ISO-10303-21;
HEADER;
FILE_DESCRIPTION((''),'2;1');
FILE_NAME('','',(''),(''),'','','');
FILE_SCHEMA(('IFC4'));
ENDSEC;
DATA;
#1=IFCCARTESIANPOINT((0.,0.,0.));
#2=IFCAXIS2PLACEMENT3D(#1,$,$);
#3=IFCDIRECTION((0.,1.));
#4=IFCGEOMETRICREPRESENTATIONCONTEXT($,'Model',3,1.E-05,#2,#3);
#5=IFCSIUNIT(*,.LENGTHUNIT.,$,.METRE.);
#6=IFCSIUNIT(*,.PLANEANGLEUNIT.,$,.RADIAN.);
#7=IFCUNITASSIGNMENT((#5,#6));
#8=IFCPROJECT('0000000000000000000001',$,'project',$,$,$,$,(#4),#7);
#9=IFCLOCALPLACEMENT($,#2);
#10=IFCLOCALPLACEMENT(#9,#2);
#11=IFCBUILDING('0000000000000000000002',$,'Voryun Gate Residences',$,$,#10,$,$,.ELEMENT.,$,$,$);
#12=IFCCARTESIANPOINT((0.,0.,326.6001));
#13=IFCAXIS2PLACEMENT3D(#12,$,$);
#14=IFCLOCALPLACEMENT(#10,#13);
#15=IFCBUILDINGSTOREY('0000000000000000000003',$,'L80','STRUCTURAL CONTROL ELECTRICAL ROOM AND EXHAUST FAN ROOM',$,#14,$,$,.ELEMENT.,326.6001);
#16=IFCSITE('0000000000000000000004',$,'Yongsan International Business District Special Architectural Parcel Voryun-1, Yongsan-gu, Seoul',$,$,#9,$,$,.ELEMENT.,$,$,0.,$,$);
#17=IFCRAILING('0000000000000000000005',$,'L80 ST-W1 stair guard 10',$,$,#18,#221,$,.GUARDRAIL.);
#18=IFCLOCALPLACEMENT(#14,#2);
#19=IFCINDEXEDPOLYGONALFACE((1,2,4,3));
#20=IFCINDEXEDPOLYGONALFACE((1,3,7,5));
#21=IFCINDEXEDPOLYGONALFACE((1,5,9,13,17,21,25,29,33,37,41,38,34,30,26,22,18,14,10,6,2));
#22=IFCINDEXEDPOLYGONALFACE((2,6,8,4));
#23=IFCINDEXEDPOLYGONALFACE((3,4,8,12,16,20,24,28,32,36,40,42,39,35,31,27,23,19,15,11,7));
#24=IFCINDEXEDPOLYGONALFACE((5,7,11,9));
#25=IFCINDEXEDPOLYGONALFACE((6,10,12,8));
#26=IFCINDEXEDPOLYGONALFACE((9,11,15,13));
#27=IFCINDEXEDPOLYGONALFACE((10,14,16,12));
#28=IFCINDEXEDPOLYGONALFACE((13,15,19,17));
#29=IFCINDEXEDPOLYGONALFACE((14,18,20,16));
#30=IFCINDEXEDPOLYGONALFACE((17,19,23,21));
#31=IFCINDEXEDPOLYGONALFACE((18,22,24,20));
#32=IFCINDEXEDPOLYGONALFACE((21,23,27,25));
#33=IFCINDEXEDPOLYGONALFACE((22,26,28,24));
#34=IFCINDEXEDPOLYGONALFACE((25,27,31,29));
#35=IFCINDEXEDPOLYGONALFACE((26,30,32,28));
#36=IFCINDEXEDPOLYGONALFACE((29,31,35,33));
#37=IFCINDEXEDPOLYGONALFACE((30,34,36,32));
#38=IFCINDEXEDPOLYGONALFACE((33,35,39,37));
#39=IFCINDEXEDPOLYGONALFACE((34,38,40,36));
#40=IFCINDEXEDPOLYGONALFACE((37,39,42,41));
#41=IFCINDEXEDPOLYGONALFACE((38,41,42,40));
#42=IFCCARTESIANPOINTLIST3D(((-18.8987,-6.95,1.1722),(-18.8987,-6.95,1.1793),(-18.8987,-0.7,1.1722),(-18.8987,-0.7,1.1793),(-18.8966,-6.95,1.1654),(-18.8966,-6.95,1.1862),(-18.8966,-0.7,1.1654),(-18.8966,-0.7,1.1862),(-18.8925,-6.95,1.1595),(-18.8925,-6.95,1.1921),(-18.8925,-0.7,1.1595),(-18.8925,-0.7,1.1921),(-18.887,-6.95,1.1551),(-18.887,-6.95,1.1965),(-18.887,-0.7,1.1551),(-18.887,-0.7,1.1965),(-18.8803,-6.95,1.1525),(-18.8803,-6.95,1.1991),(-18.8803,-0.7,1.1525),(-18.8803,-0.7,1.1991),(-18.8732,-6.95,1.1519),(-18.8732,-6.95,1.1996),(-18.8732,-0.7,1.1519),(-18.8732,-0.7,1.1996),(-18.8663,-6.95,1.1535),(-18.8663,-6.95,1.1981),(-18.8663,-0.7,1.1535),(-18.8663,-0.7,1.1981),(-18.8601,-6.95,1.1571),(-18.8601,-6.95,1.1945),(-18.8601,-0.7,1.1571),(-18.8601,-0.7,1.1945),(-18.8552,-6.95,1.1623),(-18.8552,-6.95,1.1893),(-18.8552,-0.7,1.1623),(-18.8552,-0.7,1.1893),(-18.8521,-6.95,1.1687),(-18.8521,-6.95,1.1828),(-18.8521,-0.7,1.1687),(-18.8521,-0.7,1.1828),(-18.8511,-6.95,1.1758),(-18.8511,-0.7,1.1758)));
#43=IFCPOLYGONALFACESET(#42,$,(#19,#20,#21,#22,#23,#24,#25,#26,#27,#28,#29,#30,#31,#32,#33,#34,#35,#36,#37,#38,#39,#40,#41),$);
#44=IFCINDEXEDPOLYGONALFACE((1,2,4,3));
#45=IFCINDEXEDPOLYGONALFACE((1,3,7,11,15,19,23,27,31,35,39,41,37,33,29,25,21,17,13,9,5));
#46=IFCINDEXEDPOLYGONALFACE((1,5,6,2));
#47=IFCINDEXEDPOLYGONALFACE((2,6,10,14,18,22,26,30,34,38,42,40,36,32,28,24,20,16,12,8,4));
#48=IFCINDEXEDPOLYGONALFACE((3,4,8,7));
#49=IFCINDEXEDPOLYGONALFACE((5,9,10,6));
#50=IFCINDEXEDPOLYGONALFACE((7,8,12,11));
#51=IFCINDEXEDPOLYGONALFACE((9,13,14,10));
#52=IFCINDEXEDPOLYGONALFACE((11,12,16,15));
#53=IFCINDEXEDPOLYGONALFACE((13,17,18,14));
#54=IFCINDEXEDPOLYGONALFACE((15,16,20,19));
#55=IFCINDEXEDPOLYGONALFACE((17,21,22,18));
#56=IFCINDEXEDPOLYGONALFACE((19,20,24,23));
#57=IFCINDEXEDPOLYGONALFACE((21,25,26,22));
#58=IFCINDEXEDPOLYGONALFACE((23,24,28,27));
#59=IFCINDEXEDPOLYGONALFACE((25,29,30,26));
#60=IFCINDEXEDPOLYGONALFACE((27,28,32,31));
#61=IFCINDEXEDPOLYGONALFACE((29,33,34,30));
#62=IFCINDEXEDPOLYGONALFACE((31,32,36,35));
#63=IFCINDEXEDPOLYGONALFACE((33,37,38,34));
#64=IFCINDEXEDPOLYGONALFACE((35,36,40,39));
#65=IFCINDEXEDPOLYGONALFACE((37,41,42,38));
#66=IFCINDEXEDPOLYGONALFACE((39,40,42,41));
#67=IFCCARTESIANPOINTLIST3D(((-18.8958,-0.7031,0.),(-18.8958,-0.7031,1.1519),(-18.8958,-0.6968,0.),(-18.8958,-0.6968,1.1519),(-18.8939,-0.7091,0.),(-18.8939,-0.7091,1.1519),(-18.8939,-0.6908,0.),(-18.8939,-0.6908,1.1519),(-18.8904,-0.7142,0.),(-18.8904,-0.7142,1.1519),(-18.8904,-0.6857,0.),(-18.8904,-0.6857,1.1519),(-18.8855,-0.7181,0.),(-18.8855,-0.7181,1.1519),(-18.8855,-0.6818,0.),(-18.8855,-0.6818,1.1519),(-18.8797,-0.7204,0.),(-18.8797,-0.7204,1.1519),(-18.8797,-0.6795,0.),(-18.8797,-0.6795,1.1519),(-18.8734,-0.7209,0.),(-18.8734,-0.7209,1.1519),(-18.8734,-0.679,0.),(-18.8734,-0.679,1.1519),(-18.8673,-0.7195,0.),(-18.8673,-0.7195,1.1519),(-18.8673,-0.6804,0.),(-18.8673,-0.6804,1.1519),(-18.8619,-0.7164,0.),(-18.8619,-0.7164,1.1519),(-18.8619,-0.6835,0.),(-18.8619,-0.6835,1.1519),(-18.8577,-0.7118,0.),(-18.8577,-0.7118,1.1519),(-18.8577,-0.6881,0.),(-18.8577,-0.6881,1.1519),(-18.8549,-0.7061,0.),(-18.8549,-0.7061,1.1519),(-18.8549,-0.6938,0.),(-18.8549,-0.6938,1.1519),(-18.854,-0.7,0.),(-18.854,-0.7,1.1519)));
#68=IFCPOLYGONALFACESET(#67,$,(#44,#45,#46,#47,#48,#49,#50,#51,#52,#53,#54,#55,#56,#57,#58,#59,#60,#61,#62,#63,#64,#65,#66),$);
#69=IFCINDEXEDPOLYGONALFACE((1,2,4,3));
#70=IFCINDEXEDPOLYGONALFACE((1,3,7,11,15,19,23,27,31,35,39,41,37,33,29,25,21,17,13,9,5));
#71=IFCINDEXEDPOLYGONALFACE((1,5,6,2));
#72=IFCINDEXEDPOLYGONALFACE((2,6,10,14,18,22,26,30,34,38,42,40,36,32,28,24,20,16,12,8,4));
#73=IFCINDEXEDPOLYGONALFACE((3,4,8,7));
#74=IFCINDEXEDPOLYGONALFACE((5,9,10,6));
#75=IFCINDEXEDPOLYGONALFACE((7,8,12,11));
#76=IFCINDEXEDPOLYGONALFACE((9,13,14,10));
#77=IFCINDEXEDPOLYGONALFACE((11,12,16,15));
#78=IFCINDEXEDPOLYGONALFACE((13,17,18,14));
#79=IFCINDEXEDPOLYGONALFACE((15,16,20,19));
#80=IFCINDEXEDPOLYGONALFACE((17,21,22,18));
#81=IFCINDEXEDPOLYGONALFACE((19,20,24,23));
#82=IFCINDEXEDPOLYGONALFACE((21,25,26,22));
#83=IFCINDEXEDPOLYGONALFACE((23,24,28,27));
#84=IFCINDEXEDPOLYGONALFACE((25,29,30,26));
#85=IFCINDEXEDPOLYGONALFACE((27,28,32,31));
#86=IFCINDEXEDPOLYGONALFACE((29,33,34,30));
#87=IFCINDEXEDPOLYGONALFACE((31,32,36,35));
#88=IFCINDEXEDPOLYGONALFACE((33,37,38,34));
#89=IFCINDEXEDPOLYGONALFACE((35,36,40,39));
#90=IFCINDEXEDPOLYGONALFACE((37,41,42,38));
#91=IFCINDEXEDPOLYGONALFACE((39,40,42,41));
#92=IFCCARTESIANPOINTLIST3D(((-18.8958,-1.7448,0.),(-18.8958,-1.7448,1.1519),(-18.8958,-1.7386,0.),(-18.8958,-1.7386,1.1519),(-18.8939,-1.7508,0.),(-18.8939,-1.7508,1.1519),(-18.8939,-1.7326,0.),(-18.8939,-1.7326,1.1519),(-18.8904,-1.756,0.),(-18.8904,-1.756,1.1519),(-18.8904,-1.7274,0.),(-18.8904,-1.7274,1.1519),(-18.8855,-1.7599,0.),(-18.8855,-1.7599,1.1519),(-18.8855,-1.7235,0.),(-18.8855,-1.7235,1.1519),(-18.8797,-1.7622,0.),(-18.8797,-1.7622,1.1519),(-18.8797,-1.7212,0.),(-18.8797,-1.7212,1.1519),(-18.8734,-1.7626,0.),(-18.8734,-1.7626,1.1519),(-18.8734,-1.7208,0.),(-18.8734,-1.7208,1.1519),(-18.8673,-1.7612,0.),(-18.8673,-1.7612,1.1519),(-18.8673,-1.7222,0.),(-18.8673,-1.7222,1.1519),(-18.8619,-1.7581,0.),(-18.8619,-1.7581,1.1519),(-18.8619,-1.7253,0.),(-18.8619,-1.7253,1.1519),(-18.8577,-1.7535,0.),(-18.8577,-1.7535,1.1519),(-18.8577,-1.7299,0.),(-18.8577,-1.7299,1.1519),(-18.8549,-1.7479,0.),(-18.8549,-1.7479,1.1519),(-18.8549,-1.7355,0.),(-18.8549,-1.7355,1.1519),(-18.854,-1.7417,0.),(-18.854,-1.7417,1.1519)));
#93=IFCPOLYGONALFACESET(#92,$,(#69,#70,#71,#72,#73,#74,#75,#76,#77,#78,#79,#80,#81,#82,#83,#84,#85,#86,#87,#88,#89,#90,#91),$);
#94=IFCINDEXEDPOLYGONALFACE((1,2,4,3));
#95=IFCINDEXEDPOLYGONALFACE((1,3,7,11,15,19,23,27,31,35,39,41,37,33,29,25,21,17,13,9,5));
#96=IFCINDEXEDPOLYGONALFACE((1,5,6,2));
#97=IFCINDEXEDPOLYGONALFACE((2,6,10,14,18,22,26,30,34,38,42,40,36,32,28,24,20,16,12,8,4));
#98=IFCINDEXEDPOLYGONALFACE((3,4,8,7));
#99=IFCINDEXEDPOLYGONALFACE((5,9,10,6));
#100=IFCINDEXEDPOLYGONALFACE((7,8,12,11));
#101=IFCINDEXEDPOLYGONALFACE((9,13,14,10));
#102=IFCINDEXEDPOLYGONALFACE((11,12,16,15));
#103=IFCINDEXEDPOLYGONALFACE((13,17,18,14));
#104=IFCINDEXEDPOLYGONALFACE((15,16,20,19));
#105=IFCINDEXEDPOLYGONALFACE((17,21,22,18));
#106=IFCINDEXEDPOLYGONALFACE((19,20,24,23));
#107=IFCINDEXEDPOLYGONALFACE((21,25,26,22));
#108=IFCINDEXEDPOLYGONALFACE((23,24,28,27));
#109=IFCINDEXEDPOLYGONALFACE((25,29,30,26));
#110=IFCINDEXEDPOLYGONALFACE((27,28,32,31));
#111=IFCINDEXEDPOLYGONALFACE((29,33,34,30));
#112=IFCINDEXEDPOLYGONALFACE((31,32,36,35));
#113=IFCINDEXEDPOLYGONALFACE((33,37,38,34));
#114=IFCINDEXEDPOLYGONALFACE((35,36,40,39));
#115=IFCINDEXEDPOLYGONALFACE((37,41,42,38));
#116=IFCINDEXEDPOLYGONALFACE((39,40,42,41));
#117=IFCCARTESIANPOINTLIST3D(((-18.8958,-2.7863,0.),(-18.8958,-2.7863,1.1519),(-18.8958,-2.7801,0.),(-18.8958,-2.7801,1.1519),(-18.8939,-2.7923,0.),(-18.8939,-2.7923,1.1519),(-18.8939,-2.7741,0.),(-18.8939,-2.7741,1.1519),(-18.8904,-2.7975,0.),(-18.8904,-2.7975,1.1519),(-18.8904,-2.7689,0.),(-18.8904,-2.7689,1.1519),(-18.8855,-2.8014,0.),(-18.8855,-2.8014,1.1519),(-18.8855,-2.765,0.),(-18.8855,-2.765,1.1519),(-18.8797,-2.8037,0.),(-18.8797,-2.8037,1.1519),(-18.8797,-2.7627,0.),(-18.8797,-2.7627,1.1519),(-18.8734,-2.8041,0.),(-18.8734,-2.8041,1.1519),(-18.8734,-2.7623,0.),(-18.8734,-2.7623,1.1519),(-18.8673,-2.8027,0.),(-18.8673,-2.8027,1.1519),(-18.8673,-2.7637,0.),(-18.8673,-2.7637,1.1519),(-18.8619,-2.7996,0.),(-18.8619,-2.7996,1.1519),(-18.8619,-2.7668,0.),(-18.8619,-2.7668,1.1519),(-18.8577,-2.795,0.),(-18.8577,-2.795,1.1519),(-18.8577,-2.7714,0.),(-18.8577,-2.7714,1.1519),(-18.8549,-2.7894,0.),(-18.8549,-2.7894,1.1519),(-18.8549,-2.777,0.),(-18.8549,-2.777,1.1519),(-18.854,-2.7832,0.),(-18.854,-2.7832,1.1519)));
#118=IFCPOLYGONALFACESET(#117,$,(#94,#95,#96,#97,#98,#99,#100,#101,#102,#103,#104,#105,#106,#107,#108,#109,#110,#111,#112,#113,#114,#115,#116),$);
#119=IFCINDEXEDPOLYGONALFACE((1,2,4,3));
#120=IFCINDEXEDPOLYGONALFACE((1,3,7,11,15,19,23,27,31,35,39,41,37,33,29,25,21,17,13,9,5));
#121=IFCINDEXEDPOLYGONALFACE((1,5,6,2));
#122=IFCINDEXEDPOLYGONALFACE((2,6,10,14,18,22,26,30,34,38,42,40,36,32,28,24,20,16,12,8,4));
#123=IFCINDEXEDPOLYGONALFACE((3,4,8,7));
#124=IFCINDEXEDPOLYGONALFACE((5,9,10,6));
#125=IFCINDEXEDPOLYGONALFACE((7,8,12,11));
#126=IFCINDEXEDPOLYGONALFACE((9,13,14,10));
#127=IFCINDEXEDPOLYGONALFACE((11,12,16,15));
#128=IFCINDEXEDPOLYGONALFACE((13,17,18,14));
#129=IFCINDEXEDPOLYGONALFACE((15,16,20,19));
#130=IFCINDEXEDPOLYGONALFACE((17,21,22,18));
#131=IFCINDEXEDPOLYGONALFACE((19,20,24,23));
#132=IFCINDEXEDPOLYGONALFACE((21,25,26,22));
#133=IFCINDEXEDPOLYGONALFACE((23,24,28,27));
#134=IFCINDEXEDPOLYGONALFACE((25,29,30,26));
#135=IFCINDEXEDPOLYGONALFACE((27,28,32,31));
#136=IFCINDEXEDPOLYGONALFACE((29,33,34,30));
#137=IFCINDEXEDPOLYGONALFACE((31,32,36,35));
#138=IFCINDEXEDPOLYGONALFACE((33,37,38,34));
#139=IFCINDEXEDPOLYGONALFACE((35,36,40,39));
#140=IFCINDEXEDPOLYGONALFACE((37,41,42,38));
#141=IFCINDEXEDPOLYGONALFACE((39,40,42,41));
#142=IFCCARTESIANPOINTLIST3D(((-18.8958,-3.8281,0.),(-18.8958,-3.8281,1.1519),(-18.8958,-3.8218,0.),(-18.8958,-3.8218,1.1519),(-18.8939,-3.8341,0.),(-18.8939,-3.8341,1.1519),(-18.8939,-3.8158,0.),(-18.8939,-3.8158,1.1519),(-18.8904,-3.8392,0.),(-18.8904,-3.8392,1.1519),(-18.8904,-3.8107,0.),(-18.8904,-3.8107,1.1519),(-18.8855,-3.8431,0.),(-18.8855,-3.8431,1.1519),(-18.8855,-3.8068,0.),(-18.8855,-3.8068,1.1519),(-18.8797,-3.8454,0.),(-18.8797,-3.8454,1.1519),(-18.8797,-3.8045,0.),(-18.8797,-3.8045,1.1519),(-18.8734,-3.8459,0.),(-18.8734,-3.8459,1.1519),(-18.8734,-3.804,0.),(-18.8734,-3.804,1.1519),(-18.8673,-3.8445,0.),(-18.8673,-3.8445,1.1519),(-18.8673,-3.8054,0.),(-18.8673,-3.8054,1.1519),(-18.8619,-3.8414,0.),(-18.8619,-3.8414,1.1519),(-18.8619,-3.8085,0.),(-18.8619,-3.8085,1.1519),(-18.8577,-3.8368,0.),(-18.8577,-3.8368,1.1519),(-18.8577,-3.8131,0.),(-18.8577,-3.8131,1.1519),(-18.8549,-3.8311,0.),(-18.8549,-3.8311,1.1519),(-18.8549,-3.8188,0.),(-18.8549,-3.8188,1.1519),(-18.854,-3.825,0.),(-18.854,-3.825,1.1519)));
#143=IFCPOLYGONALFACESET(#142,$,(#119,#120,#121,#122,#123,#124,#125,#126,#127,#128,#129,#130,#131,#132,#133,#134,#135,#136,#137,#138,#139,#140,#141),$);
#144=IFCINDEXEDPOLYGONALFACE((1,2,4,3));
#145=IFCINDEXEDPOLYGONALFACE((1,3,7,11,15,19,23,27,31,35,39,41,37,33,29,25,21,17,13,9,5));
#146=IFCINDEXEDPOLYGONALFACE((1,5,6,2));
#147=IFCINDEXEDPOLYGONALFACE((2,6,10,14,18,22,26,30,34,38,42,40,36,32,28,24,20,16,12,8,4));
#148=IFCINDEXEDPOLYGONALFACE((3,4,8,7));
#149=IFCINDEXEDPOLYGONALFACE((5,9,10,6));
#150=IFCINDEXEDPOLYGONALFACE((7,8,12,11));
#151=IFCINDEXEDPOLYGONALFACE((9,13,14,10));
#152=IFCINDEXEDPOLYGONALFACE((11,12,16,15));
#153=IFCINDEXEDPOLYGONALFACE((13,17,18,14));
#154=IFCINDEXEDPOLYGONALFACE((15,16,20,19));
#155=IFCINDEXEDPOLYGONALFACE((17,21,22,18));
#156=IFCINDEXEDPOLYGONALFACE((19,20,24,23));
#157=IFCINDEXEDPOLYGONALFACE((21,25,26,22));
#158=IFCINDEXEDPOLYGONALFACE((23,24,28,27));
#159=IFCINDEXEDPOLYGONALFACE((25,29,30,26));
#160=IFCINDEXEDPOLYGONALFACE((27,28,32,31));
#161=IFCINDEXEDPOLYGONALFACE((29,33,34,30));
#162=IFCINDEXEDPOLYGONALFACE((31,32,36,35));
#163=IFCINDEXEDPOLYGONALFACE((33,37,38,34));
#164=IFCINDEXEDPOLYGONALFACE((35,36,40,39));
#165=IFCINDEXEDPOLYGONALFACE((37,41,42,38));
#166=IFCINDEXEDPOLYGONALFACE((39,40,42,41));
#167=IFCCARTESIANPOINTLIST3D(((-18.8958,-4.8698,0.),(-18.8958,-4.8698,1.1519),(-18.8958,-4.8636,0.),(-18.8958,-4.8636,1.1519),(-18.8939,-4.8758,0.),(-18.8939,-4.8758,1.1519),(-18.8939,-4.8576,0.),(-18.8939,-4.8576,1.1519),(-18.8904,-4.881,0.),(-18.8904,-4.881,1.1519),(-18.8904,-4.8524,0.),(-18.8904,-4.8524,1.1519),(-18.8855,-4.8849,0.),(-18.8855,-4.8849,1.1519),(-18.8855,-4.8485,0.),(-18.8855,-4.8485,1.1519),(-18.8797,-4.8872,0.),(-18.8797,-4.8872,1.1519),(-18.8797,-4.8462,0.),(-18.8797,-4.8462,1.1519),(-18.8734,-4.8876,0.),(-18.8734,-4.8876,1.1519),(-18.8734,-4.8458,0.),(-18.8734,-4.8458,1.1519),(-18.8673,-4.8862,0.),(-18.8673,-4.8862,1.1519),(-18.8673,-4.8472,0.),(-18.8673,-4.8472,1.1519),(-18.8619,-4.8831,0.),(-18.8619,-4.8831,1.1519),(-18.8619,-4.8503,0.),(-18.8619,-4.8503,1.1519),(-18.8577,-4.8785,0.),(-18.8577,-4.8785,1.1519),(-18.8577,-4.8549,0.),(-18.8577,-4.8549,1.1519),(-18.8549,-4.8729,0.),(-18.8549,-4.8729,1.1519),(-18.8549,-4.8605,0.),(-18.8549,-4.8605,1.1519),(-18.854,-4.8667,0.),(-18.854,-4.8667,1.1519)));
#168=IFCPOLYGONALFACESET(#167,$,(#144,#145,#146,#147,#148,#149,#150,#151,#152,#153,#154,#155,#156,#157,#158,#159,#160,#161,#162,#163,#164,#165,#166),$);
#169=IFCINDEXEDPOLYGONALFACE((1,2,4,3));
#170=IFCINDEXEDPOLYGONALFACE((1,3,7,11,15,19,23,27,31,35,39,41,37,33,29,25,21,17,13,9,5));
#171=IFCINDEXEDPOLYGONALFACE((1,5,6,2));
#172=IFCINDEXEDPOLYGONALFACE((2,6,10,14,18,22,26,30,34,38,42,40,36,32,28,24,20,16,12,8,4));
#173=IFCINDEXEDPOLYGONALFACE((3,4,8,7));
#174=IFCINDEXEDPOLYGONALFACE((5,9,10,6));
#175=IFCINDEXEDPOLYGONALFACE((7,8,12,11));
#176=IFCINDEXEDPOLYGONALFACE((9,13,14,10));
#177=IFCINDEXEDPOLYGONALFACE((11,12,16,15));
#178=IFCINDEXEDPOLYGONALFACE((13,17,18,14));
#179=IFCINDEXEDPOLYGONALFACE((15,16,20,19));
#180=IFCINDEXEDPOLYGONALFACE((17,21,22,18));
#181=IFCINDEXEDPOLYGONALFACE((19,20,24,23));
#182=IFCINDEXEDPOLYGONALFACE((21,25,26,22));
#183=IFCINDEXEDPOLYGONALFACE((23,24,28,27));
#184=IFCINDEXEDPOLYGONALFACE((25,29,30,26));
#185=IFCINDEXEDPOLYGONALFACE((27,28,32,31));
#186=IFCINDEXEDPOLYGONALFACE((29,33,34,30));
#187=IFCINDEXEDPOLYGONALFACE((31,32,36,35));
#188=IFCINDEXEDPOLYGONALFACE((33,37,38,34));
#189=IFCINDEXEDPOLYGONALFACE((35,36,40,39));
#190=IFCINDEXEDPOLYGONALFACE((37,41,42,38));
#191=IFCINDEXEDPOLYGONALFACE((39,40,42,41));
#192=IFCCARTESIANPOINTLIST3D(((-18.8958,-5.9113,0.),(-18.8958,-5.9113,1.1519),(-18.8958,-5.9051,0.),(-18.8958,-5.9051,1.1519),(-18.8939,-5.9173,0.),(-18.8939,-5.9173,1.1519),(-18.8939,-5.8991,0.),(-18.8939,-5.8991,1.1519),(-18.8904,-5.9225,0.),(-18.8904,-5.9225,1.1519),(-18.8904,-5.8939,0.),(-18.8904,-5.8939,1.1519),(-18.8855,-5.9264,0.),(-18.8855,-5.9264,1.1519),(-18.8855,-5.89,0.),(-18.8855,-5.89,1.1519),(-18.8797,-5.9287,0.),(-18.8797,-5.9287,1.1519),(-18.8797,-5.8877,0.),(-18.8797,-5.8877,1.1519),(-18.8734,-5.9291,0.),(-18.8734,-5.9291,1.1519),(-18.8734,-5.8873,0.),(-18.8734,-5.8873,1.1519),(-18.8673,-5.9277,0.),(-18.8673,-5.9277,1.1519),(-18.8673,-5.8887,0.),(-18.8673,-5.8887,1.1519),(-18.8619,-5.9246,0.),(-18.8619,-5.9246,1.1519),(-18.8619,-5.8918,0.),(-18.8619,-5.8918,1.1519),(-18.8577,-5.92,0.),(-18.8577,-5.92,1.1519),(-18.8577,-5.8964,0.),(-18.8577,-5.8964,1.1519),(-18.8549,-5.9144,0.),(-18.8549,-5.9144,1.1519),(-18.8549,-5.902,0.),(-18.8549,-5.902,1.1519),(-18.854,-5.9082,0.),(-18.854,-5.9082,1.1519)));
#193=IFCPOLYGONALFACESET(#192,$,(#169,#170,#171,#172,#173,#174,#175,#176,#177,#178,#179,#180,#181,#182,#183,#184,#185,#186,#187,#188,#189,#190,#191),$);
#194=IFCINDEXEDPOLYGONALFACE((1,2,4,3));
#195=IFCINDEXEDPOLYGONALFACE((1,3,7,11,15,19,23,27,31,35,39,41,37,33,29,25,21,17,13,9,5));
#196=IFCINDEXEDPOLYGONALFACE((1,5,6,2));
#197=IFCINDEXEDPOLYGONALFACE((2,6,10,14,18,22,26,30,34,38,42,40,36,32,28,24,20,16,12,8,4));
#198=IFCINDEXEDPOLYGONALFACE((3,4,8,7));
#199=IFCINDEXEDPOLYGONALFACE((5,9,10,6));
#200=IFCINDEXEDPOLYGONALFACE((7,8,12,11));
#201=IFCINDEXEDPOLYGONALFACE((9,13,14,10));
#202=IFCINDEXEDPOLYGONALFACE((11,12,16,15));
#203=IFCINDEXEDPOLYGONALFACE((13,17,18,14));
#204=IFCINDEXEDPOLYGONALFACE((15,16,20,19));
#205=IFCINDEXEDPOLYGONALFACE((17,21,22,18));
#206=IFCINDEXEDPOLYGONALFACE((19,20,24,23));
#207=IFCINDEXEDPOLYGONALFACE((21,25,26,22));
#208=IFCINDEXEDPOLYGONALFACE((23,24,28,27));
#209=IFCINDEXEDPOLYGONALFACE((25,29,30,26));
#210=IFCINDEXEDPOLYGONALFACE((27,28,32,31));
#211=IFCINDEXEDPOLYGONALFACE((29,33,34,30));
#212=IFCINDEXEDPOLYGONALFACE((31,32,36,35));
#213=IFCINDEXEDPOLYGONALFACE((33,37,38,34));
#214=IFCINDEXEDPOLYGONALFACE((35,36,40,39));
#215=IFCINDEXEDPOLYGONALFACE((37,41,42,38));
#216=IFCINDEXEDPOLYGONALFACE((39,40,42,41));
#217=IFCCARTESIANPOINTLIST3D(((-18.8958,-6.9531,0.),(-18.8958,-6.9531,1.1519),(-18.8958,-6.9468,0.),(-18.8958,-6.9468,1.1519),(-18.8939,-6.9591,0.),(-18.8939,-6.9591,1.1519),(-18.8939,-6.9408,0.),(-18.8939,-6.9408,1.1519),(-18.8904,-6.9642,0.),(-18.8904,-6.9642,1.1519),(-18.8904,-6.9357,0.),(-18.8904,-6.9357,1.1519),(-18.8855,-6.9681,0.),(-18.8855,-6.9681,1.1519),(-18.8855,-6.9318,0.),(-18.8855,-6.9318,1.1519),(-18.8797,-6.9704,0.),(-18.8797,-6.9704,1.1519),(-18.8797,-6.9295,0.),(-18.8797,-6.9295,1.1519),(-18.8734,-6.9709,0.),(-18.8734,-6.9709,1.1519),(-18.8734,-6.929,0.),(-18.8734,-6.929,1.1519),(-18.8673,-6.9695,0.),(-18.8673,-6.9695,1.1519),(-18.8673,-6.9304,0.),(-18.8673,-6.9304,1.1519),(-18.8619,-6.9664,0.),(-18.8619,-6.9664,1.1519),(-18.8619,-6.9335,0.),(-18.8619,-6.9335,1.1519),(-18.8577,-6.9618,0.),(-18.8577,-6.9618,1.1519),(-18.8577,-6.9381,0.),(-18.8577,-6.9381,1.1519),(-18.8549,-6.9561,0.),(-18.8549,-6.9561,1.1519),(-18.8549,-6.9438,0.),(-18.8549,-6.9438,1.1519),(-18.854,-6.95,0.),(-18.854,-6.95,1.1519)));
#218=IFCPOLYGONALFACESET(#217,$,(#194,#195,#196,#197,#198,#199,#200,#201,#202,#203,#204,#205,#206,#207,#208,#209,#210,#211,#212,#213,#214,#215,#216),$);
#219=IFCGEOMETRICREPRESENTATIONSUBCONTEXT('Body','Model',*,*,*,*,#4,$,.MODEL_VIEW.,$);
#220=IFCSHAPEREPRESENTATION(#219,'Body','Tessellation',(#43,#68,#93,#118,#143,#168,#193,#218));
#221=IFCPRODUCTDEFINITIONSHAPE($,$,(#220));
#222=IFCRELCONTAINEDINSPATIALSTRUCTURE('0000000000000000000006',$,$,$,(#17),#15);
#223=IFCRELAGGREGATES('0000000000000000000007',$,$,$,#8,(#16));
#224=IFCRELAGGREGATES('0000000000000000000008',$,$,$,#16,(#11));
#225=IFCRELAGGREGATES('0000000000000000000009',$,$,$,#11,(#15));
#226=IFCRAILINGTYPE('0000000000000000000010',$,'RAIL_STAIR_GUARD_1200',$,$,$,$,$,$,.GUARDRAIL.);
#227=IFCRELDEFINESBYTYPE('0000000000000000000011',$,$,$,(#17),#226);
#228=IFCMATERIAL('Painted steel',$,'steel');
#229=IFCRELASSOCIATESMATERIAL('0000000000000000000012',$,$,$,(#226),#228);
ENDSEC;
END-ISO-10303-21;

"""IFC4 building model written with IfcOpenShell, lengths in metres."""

from ifc_helpers import new_model, si_unit, direction, frame, origin, origin_2d, place, context, subcontext, project, spatial, circle, extrude, material, type_object, element, save


model = new_model("IFC4")

# Units and contexts
model_context = context("Model", 3, precision=1e-05, world=origin(), true_north=direction((0.0, 1.0)))
body_context = subcontext(model_context, "Body", "Model", "MODEL_VIEW")
ifc_project = project(units=[si_unit("LENGTHUNIT", "METRE"), si_unit("PLANEANGLEUNIT", "RADIAN")], contexts=[model_context])

# Site, building, storey
site_placement = place(None, origin())
site = spatial("IfcSite", under=ifc_project, at=site_placement, Name="Yongsan International Business District Special Architectural Parcel Voryun-1, Yongsan-gu, Seoul", CompositionType="ELEMENT", RefElevation=0.0)
building_placement = place(site_placement, origin())
building = spatial("IfcBuilding", under=site, at=building_placement, Name="Voryun Gate Residences", CompositionType="ELEMENT")
storey_placement = place(building_placement, frame((0.0, 0.0, 326.6001)))
storey = spatial("IfcBuildingStorey", under=building, at=storey_placement, Name="L80", Description="STRUCTURAL CONTROL ELECTRICAL ROOM AND EXHAUST FAN ROOM", CompositionType="ELEMENT", Elevation=326.6001)

# Railing
ifc_material_1 = material(Name="Painted steel", Category="steel")
railing_type = type_object("IfcRailingType", Name="RAIL_STAIR_GUARD_1200", PredefinedType="GUARDRAIL", material=ifc_material_1)
railing_1_placement = place(storey_placement, frame((-18.875, -0.7, 0.0)))
element("IfcRailing", 1, at=railing_1_placement, inside=storey, type_object=railing_type, Name="L80 ST-W1 stair guard 10", PredefinedType="GUARDRAIL", context=body_context, shape_type="SweptSolid", body=[
    extrude(circle(Radius=0.0239, at=origin_2d()), frame((0.0, 0.0, 1.1758), z_axis=(0.0, -1.0, 0.0), x_axis=(1.0, 0.0, 0.0)), (0.0, 0.0, 1.0), 6.25),
    extrude(circle(Radius=0.021, at=origin_2d()), origin(), (0.0, 0.0, 1.0), 1.1519),
    extrude(circle(Radius=0.021, at=origin_2d()), frame((0.0, -1.0417, 0.0)), (0.0, 0.0, 1.0), 1.1519),
    extrude(circle(Radius=0.021, at=origin_2d()), frame((0.0, -2.0833, 0.0)), (0.0, 0.0, 1.0), 1.1519),
    extrude(circle(Radius=0.021, at=origin_2d()), frame((0.0, -3.125, 0.0)), (0.0, 0.0, 1.0), 1.1519),
    extrude(circle(Radius=0.021, at=origin_2d()), frame((0.0, -4.1667, 0.0)), (0.0, 0.0, 1.0), 1.1519),
    extrude(circle(Radius=0.021, at=origin_2d()), frame((0.0, -5.2083, 0.0)), (0.0, 0.0, 1.0), 1.1519),
    extrude(circle(Radius=0.021, at=origin_2d()), frame((0.0, -6.25, 0.0)), (0.0, 0.0, 1.0), 1.1519),
])

save(model, "model.ifc")
